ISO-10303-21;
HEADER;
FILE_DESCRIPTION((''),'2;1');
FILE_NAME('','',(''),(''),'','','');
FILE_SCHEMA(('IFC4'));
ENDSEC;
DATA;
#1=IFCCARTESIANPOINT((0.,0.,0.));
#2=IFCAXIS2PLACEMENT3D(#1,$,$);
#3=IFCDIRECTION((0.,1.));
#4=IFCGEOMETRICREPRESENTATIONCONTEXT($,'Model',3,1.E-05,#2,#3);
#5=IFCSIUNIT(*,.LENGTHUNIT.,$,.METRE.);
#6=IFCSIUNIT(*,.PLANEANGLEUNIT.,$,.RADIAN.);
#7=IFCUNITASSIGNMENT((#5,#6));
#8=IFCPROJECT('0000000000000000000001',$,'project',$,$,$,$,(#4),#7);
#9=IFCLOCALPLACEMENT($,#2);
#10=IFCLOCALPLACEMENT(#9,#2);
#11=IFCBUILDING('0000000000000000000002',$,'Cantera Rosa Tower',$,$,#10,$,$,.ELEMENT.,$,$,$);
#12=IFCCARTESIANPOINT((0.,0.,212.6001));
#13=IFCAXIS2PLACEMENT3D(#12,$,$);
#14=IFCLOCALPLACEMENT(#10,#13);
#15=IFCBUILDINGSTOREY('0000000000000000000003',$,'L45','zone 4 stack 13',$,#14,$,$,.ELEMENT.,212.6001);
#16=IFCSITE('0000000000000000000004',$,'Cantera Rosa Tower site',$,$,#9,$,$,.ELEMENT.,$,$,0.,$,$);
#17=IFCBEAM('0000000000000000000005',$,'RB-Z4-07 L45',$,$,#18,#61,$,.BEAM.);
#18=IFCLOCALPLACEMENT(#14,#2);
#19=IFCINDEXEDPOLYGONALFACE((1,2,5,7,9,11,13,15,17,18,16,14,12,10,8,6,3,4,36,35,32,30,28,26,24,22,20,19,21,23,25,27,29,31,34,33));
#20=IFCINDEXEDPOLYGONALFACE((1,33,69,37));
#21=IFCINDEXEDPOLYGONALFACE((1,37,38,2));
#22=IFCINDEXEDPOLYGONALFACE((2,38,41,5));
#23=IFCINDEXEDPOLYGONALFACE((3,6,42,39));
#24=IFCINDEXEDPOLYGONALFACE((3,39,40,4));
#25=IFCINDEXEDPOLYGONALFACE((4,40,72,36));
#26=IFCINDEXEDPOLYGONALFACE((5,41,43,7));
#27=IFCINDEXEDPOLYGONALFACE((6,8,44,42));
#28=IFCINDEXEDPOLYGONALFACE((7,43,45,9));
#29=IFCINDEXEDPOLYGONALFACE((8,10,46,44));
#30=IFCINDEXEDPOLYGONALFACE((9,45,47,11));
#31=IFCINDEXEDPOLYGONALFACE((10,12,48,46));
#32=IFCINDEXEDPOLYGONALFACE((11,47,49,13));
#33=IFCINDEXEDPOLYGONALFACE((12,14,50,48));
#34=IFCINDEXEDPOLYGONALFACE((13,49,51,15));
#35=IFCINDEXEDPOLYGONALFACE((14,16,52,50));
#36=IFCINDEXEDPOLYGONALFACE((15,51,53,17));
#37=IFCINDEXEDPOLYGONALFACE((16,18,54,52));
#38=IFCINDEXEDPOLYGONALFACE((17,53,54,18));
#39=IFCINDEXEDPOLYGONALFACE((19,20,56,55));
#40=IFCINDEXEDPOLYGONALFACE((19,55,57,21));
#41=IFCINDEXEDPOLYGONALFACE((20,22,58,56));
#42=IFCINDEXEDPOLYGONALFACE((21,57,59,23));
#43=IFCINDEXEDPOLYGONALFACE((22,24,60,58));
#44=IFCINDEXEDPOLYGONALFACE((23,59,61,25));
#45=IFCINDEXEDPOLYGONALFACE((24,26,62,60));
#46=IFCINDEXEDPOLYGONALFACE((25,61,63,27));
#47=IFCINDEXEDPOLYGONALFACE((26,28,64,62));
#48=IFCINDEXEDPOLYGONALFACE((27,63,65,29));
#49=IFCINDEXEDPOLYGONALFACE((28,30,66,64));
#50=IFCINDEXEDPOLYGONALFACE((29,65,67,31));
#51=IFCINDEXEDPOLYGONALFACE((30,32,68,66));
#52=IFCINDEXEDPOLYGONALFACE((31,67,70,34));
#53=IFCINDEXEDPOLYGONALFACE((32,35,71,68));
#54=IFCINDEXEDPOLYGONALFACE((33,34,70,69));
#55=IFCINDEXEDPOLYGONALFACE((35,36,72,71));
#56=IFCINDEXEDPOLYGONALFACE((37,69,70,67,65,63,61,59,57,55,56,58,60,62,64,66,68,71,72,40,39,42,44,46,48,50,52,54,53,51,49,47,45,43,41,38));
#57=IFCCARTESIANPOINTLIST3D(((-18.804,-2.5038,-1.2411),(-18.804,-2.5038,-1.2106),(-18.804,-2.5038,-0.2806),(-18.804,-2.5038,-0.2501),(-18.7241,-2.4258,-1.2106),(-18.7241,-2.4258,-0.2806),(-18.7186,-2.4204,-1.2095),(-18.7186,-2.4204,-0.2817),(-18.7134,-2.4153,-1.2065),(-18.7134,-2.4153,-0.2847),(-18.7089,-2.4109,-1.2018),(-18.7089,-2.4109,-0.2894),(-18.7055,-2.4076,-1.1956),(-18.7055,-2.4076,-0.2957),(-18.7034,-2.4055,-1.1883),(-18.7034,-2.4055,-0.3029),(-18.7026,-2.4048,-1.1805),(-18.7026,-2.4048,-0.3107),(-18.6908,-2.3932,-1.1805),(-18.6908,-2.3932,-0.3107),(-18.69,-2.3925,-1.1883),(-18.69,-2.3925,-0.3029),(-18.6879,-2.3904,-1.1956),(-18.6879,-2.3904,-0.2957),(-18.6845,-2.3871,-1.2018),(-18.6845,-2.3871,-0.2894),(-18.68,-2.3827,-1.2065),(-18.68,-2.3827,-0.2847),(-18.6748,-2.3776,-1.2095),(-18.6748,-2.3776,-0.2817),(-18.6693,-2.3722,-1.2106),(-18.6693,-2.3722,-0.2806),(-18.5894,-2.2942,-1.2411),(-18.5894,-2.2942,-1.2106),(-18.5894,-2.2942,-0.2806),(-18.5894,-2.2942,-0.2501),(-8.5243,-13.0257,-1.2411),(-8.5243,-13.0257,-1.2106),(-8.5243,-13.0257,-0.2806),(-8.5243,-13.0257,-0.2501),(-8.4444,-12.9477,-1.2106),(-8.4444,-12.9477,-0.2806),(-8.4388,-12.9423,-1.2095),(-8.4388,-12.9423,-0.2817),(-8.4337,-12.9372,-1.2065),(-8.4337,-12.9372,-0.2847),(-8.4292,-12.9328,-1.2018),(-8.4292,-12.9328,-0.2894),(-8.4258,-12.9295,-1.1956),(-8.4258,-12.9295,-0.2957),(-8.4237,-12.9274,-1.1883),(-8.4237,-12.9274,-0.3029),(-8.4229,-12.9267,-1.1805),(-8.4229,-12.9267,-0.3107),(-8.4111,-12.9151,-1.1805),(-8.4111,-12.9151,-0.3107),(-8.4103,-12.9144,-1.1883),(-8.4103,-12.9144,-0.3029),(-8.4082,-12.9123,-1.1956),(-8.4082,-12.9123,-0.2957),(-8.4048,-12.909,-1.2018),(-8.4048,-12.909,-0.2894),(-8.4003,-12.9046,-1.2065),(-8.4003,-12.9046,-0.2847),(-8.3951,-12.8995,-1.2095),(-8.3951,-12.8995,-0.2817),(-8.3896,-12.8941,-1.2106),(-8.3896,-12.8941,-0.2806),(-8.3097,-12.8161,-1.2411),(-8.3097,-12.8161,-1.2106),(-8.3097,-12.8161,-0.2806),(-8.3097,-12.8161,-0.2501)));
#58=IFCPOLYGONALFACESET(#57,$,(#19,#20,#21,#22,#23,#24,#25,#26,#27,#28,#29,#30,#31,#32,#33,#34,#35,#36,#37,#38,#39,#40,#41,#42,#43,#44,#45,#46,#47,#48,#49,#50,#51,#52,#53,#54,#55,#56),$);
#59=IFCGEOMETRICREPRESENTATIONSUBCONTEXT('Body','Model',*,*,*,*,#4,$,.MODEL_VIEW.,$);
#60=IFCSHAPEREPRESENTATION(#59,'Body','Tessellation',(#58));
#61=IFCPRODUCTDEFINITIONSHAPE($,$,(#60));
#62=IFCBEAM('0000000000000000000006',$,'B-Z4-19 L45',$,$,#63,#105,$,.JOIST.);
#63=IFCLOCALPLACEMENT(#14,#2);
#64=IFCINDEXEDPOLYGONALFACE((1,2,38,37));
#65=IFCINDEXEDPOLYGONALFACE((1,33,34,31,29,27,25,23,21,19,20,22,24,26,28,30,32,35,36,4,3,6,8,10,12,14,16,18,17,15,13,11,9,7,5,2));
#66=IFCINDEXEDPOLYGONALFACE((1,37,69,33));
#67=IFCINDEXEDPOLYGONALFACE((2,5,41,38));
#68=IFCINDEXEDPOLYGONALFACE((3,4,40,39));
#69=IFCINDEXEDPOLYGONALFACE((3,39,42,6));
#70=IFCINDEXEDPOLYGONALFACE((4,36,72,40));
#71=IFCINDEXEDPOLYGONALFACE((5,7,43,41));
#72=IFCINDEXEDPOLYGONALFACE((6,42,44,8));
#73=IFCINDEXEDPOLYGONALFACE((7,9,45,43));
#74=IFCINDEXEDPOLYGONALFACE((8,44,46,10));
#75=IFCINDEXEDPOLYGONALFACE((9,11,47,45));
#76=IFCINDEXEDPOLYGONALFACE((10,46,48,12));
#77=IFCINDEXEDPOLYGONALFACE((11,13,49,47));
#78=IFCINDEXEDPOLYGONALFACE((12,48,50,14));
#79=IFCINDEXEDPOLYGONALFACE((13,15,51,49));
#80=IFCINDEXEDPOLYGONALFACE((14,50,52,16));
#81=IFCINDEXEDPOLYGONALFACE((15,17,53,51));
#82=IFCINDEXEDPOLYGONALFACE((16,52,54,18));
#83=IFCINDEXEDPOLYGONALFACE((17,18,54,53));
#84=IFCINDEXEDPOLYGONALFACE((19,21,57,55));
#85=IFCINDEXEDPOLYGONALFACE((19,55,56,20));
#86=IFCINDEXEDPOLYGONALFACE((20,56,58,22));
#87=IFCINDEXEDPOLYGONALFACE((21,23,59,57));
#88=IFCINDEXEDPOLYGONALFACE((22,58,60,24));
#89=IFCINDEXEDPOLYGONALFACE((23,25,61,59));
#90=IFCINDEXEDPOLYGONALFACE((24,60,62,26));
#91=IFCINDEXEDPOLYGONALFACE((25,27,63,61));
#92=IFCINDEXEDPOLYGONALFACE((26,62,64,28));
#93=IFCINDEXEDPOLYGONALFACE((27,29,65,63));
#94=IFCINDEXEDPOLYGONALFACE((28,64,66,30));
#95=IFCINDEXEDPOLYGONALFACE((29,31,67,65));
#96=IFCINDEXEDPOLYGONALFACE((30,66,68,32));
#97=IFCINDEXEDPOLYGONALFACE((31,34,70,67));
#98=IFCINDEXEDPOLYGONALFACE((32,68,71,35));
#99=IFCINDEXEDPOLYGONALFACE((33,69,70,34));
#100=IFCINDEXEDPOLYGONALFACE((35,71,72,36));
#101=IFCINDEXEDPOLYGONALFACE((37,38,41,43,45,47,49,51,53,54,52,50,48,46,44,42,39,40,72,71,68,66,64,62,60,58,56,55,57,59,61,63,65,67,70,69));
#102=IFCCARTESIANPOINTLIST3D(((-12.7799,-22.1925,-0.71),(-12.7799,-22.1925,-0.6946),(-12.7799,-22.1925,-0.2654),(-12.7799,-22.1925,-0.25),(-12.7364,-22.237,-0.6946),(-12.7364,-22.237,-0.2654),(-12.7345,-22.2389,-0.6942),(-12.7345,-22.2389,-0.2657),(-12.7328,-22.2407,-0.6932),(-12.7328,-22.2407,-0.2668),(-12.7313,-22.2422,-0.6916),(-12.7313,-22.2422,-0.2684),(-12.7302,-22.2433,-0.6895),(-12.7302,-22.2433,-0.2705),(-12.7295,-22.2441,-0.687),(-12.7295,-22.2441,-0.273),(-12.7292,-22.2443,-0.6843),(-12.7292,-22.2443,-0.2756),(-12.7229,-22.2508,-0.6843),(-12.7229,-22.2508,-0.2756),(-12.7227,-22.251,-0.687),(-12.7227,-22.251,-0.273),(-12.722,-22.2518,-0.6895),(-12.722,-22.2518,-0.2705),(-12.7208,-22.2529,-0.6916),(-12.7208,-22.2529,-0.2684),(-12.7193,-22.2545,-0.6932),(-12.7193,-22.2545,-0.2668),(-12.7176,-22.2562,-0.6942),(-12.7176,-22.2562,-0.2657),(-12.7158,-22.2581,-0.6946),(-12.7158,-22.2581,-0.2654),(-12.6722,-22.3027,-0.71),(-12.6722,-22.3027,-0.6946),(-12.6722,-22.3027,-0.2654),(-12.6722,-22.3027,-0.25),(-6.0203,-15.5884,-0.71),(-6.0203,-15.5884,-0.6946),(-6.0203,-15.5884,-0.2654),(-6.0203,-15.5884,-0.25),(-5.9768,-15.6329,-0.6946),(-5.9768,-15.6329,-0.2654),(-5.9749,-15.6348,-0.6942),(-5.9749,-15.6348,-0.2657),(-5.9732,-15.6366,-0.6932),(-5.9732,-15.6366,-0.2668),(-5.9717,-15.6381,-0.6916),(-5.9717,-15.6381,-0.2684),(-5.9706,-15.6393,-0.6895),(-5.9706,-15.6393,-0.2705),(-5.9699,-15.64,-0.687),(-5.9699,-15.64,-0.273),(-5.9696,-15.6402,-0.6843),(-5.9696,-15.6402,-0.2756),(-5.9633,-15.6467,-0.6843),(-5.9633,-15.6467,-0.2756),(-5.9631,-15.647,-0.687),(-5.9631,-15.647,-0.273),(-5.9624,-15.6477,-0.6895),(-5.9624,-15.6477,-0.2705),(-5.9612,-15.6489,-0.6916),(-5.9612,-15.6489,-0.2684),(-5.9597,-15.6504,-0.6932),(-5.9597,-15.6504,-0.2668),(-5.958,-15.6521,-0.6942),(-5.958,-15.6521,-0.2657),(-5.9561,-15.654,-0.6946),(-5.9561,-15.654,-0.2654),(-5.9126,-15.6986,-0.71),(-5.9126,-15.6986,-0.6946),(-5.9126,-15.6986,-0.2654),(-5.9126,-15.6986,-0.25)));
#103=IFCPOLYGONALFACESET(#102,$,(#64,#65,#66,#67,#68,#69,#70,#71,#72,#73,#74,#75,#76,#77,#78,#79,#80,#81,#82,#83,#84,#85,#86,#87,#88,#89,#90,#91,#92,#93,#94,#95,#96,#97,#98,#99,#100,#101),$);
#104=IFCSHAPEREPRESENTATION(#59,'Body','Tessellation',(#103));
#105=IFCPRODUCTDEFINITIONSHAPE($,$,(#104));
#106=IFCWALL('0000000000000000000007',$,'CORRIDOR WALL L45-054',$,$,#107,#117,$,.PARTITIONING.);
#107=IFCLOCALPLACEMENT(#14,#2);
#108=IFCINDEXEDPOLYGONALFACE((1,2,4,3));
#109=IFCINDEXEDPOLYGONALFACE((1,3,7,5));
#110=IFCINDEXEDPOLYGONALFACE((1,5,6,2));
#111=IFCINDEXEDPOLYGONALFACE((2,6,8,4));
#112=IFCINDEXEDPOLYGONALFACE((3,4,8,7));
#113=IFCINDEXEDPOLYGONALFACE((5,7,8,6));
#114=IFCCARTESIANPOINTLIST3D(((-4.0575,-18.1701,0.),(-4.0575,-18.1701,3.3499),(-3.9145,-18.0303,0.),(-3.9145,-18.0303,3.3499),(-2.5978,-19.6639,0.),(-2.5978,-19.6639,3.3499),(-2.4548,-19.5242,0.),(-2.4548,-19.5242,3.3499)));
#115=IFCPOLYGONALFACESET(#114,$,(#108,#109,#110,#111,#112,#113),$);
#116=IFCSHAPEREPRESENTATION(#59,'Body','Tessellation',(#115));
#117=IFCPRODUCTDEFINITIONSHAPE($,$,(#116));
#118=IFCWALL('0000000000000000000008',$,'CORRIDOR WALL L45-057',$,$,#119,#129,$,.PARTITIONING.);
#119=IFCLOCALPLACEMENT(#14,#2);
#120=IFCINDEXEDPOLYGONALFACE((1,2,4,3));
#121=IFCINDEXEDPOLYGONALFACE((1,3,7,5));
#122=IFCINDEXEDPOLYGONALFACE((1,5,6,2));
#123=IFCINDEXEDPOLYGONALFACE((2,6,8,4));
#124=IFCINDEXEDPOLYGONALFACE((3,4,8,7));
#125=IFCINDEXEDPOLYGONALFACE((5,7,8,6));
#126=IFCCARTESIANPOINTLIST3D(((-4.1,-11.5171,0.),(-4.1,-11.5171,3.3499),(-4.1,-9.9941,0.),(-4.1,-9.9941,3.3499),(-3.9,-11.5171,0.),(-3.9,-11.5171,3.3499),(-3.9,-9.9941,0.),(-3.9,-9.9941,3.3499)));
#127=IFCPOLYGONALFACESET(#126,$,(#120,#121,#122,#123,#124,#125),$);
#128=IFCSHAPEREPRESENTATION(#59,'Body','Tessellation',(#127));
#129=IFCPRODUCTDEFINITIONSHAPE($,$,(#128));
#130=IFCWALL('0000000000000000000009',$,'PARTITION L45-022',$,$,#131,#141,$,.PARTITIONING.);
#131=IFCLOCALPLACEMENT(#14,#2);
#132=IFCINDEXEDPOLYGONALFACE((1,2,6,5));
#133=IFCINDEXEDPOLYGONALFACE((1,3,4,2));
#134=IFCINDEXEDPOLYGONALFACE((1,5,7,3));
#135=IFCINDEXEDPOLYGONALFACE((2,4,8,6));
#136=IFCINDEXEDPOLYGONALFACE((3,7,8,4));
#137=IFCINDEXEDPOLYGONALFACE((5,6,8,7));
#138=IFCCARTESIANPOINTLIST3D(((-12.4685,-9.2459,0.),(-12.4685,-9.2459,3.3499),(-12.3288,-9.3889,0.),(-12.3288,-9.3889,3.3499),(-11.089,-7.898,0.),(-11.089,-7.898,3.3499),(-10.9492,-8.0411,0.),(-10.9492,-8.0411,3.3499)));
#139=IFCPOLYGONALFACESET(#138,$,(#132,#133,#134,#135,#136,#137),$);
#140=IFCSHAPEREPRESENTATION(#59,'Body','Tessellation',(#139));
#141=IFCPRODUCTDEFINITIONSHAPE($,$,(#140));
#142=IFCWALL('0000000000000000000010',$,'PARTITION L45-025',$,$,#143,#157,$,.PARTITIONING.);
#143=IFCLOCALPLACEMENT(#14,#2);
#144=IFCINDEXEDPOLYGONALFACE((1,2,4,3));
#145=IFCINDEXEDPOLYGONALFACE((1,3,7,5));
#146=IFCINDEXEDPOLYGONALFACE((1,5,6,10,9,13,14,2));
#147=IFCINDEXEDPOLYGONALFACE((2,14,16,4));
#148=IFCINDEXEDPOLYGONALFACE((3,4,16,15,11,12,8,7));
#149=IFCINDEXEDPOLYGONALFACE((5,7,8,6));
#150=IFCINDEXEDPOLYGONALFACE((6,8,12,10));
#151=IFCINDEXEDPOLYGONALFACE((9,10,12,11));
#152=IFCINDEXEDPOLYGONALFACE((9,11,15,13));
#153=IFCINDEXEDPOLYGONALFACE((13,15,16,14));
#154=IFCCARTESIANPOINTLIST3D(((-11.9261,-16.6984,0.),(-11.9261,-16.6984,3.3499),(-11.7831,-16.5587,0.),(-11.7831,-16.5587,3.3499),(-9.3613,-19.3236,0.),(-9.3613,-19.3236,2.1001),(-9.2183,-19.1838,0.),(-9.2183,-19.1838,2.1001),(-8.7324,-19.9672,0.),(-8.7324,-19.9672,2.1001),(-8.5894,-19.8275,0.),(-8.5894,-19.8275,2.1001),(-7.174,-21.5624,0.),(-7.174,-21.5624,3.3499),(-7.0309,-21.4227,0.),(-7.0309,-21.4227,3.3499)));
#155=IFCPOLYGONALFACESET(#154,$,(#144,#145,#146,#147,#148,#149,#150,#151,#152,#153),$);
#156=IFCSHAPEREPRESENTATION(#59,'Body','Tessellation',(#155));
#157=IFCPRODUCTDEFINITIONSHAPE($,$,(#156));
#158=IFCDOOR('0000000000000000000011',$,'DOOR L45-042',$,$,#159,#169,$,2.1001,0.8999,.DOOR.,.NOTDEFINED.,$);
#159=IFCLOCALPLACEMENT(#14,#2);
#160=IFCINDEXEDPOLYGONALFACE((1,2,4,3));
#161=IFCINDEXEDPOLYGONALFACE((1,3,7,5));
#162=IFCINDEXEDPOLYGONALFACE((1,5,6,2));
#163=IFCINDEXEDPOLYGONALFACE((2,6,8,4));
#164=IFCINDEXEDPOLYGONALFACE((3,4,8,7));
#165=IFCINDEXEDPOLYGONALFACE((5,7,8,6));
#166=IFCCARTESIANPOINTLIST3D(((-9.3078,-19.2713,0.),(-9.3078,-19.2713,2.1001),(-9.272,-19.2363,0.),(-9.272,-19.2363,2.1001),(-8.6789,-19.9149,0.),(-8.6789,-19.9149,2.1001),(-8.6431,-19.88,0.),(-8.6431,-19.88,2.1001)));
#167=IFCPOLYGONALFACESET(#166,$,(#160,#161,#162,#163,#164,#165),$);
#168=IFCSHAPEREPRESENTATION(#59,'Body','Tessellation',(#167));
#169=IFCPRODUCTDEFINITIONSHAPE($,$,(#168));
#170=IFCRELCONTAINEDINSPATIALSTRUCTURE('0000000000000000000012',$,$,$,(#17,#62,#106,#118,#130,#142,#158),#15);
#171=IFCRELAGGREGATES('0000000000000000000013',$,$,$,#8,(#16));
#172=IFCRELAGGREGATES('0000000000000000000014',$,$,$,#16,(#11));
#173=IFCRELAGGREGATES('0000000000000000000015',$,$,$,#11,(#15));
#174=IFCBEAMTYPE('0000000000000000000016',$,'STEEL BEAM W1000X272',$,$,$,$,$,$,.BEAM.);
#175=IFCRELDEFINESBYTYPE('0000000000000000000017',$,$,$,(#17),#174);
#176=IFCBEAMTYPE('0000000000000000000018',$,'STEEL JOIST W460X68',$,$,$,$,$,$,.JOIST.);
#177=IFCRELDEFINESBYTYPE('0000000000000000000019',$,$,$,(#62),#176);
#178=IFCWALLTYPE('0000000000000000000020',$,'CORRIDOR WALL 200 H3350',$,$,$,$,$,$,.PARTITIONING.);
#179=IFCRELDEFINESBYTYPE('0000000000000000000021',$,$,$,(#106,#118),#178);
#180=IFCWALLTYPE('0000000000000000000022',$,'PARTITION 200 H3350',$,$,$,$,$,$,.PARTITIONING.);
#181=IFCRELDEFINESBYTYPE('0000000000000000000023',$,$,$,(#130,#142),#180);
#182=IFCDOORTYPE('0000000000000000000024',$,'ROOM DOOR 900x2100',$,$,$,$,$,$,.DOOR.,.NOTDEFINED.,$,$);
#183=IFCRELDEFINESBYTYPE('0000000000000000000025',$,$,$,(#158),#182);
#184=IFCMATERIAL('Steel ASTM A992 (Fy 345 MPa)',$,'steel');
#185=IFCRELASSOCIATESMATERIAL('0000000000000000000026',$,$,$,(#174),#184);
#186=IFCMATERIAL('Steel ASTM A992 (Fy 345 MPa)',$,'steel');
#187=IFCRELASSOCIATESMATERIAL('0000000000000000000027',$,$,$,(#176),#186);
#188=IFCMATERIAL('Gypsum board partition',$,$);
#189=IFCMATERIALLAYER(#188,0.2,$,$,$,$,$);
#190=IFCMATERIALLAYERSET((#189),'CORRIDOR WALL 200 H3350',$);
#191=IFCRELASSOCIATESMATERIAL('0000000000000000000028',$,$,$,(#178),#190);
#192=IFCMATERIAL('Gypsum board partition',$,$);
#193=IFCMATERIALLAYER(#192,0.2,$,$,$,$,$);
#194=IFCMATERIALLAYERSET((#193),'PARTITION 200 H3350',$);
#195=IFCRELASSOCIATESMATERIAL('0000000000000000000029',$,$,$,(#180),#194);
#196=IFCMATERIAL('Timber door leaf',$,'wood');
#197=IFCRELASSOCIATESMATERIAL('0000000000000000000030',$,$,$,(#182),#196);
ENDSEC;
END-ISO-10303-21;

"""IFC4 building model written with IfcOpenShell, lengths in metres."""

from ifc_helpers import new_model, si_unit, direction, frame, frame_2d, origin, origin_2d, place, context, subcontext, project, spatial, rectangle, i_section, extrude, material, layer, layer_set, material_profile, profile_set, type_object, element, fill, save


model = new_model("IFC4")

# Units and contexts
model_context = context("Model", 3, precision=1e-05, world=origin(), true_north=direction((0.0, 1.0)))
body_context = subcontext(model_context, "Body", "Model", "MODEL_VIEW")
ifc_project = project(units=[si_unit("LENGTHUNIT", "METRE"), si_unit("PLANEANGLEUNIT", "RADIAN")], contexts=[model_context])

# Site, building, storey
site_placement = place(None, origin())
site = spatial("IfcSite", under=ifc_project, at=site_placement, Name="Cantera Rosa Tower site", CompositionType="ELEMENT", RefElevation=0.0)
building_placement = place(site_placement, origin())
building = spatial("IfcBuilding", under=site, at=building_placement, Name="Cantera Rosa Tower", CompositionType="ELEMENT")
storey_placement = place(building_placement, frame((0.0, 0.0, 212.6001)))
storey = spatial("IfcBuildingStorey", under=building, at=storey_placement, Name="L45", Description="zone 4 stack 13", CompositionType="ELEMENT", Elevation=212.6001)

# Beams
ifc_material_1 = material(Name="Steel ASTM A992 (Fy 345 MPa)", Category="steel")
ifc_material_profile_1 = material_profile(ifc_material_1, i_section(OverallWidth=0.3, OverallDepth=0.991, WebThickness=0.0166, FlangeThickness=0.0305, FilletRadius=0.03, at=origin_2d()), Name="W1000X272")
ifc_profile_set_1 = profile_set([ifc_material_profile_1], Name="Steel ASTM A992 (Fy 345 MPa)")
beam_type_1 = type_object("IfcBeamType", Name="STEEL BEAM W1000X272", PredefinedType="BEAM", material=ifc_profile_set_1)
beam_1_placement = place(storey_placement, frame((-8.417, -12.9209, -0.7456), z_axis=(-0.698827, 0.715291, 0.0), x_axis=(-0.715291, -0.698827, 0.0)))
element("IfcBeam", 1, at=beam_1_placement, inside=storey, type_object=beam_type_1, Name="RB-Z4-07 L45", PredefinedType="BEAM", context=body_context, shape_type="SweptSolid", body=[
    extrude(i_section(OverallWidth=0.3, OverallDepth=0.991, WebThickness=0.0166, FlangeThickness=0.0305, FilletRadius=0.03, at=origin_2d()), origin(), (0.0, 0.0, 1.0), 14.71),
])
ifc_material_2 = material(Name="Steel ASTM A992 (Fy 345 MPa)", Category="steel")
ifc_material_profile_2 = material_profile(ifc_material_2, i_section(OverallWidth=0.1541, OverallDepth=0.46, WebThickness=0.009, FlangeThickness=0.0154, FilletRadius=0.0103, at=origin_2d()), Name="W460X68")
ifc_profile_set_2 = profile_set([ifc_material_profile_2], Name="Steel ASTM A992 (Fy 345 MPa)")
beam_type_2 = type_object("IfcBeamType", Name="STEEL JOIST W460X68", PredefinedType="JOIST", material=ifc_profile_set_2)
beam_2_placement = place(storey_placement, frame((-12.7261, -22.2476, -0.48), z_axis=(0.715287, 0.698831, 0.0), x_axis=(-0.698831, 0.715287, 0.0)))
element("IfcBeam", 2, at=beam_2_placement, inside=storey, type_object=beam_type_2, Name="B-Z4-19 L45", PredefinedType="JOIST", context=body_context, shape_type="SweptSolid", body=[
    extrude(i_section(OverallWidth=0.1541, OverallDepth=0.46, WebThickness=0.009, FlangeThickness=0.0154, FilletRadius=0.0103, at=origin_2d()), origin(), (0.0, 0.0, 1.0), 9.4502),
])

# Walls
ifc_material_3 = material(Name="Gypsum board partition")
ifc_layer_1 = layer(ifc_material_3, 0.2)
ifc_layer_set_1 = layer_set([ifc_layer_1], Name="CORRIDOR WALL 200 H3350")
wall_type_1 = type_object("IfcWallType", Name="CORRIDOR WALL 200 H3350", PredefinedType="PARTITIONING", material=ifc_layer_set_1)
wall_1_placement = place(storey_placement, frame((-3.9861, -18.1001, 0.0), z_axis=(0.0, 0.0, 1.0), x_axis=(0.698877, -0.715242, 0.0)))
element("IfcWall", 3, at=wall_1_placement, inside=storey, type_object=wall_type_1, Name="CORRIDOR WALL L45-054", PredefinedType="PARTITIONING", context=body_context, shape_type="SweptSolid", body=[
    extrude(rectangle(XDim=2.0886, YDim=0.2, at=frame_2d((1.0444, 0.0))), origin(), (0.0, 0.0, 1.0), 3.3499),
])
wall_2_placement = place(storey_placement, frame((-4.0, -9.9941, 0.0), z_axis=(0.0, 0.0, 1.0), x_axis=(0.0, -1.0, 0.0)))
element("IfcWall", 4, at=wall_2_placement, inside=storey, type_object=wall_type_1, Name="CORRIDOR WALL L45-057", PredefinedType="PARTITIONING", context=body_context, shape_type="SweptSolid", body=[
    extrude(rectangle(XDim=1.5229, YDim=0.2, at=frame_2d((0.7615, 0.0))), origin(), (0.0, 0.0, 1.0), 3.3499),
])
ifc_material_4 = material(Name="Gypsum board partition")
ifc_layer_2 = layer(ifc_material_4, 0.2)
ifc_layer_set_2 = layer_set([ifc_layer_2], Name="PARTITION 200 H3350")
wall_type_2 = type_object("IfcWallType", Name="PARTITION 200 H3350", PredefinedType="PARTITIONING", material=ifc_layer_set_2)
wall_3_placement = place(storey_placement, frame((-12.3987, -9.3174, 0.0), z_axis=(0.0, 0.0, 1.0), x_axis=(0.715286, 0.698831, 0.0)))
element("IfcWall", 5, at=wall_3_placement, inside=storey, type_object=wall_type_2, Name="PARTITION L45-022", PredefinedType="PARTITIONING", context=body_context, shape_type="SweptSolid", body=[
    extrude(rectangle(XDim=1.9287, YDim=0.2, at=frame_2d((0.9644, 0.0))), origin(), (0.0, 0.0, 1.0), 3.3499),
])

# Wall, opening, door
wall_4_placement = place(storey_placement, frame((-11.8545, -16.6287, 0.0), z_axis=(0.0, 0.0, 1.0), x_axis=(0.698837, -0.715281, 0.0)))
wall_4 = element("IfcWall", 6, at=wall_4_placement, inside=storey, type_object=wall_type_2, Name="PARTITION L45-025", PredefinedType="PARTITIONING", context=body_context, shape_type="SweptSolid", body=[
    extrude(rectangle(XDim=6.8, YDim=0.2, at=frame_2d((3.3999, 0.0))), origin(), (0.0, 0.0, 1.0), 3.3499),
])
opening_1_placement = place(wall_4_placement, frame((3.6699, 0.0, 0.0)))
opening_1 = element("IfcOpeningElement", 7, at=opening_1_placement, cuts=wall_4, PredefinedType="OPENING", context=body_context, shape_type="SweptSolid", body=[
    extrude(rectangle(XDim=0.8999, YDim=2.1001, at=frame_2d((0.45, 1.05))), frame((0.0, 0.1099, 0.0), z_axis=(0.0, -1.0, 0.0), x_axis=(1.0, 0.0, 0.0)), (0.0, 0.0, 1.0), 0.22),
])
ifc_material_5 = material(Name="Timber door leaf", Category="wood")
door_type_1 = type_object("IfcDoorType", Name="ROOM DOOR 900x2100", OperationType="NOTDEFINED", PredefinedType="DOOR", material=ifc_material_5)
door_1_placement = place(opening_1_placement, origin())
door_1 = element("IfcDoor", 8, at=door_1_placement, inside=storey, type_object=door_type_1, Name="DOOR L45-042", OperationType="NOTDEFINED", OverallHeight=2.1001, OverallWidth=0.8999, PredefinedType="DOOR", context=body_context, shape_type="SweptSolid", body=[
    extrude(rectangle(XDim=0.8999, YDim=2.1001, at=frame_2d((0.45, 1.05))), frame((0.0, 0.0249, 0.0), z_axis=(0.0, -1.0, 0.0), x_axis=(1.0, 0.0, 0.0)), (0.0, 0.0, 1.0), 0.05),
])
fill(opening_1, door_1)

save(model, "model.ifc")
